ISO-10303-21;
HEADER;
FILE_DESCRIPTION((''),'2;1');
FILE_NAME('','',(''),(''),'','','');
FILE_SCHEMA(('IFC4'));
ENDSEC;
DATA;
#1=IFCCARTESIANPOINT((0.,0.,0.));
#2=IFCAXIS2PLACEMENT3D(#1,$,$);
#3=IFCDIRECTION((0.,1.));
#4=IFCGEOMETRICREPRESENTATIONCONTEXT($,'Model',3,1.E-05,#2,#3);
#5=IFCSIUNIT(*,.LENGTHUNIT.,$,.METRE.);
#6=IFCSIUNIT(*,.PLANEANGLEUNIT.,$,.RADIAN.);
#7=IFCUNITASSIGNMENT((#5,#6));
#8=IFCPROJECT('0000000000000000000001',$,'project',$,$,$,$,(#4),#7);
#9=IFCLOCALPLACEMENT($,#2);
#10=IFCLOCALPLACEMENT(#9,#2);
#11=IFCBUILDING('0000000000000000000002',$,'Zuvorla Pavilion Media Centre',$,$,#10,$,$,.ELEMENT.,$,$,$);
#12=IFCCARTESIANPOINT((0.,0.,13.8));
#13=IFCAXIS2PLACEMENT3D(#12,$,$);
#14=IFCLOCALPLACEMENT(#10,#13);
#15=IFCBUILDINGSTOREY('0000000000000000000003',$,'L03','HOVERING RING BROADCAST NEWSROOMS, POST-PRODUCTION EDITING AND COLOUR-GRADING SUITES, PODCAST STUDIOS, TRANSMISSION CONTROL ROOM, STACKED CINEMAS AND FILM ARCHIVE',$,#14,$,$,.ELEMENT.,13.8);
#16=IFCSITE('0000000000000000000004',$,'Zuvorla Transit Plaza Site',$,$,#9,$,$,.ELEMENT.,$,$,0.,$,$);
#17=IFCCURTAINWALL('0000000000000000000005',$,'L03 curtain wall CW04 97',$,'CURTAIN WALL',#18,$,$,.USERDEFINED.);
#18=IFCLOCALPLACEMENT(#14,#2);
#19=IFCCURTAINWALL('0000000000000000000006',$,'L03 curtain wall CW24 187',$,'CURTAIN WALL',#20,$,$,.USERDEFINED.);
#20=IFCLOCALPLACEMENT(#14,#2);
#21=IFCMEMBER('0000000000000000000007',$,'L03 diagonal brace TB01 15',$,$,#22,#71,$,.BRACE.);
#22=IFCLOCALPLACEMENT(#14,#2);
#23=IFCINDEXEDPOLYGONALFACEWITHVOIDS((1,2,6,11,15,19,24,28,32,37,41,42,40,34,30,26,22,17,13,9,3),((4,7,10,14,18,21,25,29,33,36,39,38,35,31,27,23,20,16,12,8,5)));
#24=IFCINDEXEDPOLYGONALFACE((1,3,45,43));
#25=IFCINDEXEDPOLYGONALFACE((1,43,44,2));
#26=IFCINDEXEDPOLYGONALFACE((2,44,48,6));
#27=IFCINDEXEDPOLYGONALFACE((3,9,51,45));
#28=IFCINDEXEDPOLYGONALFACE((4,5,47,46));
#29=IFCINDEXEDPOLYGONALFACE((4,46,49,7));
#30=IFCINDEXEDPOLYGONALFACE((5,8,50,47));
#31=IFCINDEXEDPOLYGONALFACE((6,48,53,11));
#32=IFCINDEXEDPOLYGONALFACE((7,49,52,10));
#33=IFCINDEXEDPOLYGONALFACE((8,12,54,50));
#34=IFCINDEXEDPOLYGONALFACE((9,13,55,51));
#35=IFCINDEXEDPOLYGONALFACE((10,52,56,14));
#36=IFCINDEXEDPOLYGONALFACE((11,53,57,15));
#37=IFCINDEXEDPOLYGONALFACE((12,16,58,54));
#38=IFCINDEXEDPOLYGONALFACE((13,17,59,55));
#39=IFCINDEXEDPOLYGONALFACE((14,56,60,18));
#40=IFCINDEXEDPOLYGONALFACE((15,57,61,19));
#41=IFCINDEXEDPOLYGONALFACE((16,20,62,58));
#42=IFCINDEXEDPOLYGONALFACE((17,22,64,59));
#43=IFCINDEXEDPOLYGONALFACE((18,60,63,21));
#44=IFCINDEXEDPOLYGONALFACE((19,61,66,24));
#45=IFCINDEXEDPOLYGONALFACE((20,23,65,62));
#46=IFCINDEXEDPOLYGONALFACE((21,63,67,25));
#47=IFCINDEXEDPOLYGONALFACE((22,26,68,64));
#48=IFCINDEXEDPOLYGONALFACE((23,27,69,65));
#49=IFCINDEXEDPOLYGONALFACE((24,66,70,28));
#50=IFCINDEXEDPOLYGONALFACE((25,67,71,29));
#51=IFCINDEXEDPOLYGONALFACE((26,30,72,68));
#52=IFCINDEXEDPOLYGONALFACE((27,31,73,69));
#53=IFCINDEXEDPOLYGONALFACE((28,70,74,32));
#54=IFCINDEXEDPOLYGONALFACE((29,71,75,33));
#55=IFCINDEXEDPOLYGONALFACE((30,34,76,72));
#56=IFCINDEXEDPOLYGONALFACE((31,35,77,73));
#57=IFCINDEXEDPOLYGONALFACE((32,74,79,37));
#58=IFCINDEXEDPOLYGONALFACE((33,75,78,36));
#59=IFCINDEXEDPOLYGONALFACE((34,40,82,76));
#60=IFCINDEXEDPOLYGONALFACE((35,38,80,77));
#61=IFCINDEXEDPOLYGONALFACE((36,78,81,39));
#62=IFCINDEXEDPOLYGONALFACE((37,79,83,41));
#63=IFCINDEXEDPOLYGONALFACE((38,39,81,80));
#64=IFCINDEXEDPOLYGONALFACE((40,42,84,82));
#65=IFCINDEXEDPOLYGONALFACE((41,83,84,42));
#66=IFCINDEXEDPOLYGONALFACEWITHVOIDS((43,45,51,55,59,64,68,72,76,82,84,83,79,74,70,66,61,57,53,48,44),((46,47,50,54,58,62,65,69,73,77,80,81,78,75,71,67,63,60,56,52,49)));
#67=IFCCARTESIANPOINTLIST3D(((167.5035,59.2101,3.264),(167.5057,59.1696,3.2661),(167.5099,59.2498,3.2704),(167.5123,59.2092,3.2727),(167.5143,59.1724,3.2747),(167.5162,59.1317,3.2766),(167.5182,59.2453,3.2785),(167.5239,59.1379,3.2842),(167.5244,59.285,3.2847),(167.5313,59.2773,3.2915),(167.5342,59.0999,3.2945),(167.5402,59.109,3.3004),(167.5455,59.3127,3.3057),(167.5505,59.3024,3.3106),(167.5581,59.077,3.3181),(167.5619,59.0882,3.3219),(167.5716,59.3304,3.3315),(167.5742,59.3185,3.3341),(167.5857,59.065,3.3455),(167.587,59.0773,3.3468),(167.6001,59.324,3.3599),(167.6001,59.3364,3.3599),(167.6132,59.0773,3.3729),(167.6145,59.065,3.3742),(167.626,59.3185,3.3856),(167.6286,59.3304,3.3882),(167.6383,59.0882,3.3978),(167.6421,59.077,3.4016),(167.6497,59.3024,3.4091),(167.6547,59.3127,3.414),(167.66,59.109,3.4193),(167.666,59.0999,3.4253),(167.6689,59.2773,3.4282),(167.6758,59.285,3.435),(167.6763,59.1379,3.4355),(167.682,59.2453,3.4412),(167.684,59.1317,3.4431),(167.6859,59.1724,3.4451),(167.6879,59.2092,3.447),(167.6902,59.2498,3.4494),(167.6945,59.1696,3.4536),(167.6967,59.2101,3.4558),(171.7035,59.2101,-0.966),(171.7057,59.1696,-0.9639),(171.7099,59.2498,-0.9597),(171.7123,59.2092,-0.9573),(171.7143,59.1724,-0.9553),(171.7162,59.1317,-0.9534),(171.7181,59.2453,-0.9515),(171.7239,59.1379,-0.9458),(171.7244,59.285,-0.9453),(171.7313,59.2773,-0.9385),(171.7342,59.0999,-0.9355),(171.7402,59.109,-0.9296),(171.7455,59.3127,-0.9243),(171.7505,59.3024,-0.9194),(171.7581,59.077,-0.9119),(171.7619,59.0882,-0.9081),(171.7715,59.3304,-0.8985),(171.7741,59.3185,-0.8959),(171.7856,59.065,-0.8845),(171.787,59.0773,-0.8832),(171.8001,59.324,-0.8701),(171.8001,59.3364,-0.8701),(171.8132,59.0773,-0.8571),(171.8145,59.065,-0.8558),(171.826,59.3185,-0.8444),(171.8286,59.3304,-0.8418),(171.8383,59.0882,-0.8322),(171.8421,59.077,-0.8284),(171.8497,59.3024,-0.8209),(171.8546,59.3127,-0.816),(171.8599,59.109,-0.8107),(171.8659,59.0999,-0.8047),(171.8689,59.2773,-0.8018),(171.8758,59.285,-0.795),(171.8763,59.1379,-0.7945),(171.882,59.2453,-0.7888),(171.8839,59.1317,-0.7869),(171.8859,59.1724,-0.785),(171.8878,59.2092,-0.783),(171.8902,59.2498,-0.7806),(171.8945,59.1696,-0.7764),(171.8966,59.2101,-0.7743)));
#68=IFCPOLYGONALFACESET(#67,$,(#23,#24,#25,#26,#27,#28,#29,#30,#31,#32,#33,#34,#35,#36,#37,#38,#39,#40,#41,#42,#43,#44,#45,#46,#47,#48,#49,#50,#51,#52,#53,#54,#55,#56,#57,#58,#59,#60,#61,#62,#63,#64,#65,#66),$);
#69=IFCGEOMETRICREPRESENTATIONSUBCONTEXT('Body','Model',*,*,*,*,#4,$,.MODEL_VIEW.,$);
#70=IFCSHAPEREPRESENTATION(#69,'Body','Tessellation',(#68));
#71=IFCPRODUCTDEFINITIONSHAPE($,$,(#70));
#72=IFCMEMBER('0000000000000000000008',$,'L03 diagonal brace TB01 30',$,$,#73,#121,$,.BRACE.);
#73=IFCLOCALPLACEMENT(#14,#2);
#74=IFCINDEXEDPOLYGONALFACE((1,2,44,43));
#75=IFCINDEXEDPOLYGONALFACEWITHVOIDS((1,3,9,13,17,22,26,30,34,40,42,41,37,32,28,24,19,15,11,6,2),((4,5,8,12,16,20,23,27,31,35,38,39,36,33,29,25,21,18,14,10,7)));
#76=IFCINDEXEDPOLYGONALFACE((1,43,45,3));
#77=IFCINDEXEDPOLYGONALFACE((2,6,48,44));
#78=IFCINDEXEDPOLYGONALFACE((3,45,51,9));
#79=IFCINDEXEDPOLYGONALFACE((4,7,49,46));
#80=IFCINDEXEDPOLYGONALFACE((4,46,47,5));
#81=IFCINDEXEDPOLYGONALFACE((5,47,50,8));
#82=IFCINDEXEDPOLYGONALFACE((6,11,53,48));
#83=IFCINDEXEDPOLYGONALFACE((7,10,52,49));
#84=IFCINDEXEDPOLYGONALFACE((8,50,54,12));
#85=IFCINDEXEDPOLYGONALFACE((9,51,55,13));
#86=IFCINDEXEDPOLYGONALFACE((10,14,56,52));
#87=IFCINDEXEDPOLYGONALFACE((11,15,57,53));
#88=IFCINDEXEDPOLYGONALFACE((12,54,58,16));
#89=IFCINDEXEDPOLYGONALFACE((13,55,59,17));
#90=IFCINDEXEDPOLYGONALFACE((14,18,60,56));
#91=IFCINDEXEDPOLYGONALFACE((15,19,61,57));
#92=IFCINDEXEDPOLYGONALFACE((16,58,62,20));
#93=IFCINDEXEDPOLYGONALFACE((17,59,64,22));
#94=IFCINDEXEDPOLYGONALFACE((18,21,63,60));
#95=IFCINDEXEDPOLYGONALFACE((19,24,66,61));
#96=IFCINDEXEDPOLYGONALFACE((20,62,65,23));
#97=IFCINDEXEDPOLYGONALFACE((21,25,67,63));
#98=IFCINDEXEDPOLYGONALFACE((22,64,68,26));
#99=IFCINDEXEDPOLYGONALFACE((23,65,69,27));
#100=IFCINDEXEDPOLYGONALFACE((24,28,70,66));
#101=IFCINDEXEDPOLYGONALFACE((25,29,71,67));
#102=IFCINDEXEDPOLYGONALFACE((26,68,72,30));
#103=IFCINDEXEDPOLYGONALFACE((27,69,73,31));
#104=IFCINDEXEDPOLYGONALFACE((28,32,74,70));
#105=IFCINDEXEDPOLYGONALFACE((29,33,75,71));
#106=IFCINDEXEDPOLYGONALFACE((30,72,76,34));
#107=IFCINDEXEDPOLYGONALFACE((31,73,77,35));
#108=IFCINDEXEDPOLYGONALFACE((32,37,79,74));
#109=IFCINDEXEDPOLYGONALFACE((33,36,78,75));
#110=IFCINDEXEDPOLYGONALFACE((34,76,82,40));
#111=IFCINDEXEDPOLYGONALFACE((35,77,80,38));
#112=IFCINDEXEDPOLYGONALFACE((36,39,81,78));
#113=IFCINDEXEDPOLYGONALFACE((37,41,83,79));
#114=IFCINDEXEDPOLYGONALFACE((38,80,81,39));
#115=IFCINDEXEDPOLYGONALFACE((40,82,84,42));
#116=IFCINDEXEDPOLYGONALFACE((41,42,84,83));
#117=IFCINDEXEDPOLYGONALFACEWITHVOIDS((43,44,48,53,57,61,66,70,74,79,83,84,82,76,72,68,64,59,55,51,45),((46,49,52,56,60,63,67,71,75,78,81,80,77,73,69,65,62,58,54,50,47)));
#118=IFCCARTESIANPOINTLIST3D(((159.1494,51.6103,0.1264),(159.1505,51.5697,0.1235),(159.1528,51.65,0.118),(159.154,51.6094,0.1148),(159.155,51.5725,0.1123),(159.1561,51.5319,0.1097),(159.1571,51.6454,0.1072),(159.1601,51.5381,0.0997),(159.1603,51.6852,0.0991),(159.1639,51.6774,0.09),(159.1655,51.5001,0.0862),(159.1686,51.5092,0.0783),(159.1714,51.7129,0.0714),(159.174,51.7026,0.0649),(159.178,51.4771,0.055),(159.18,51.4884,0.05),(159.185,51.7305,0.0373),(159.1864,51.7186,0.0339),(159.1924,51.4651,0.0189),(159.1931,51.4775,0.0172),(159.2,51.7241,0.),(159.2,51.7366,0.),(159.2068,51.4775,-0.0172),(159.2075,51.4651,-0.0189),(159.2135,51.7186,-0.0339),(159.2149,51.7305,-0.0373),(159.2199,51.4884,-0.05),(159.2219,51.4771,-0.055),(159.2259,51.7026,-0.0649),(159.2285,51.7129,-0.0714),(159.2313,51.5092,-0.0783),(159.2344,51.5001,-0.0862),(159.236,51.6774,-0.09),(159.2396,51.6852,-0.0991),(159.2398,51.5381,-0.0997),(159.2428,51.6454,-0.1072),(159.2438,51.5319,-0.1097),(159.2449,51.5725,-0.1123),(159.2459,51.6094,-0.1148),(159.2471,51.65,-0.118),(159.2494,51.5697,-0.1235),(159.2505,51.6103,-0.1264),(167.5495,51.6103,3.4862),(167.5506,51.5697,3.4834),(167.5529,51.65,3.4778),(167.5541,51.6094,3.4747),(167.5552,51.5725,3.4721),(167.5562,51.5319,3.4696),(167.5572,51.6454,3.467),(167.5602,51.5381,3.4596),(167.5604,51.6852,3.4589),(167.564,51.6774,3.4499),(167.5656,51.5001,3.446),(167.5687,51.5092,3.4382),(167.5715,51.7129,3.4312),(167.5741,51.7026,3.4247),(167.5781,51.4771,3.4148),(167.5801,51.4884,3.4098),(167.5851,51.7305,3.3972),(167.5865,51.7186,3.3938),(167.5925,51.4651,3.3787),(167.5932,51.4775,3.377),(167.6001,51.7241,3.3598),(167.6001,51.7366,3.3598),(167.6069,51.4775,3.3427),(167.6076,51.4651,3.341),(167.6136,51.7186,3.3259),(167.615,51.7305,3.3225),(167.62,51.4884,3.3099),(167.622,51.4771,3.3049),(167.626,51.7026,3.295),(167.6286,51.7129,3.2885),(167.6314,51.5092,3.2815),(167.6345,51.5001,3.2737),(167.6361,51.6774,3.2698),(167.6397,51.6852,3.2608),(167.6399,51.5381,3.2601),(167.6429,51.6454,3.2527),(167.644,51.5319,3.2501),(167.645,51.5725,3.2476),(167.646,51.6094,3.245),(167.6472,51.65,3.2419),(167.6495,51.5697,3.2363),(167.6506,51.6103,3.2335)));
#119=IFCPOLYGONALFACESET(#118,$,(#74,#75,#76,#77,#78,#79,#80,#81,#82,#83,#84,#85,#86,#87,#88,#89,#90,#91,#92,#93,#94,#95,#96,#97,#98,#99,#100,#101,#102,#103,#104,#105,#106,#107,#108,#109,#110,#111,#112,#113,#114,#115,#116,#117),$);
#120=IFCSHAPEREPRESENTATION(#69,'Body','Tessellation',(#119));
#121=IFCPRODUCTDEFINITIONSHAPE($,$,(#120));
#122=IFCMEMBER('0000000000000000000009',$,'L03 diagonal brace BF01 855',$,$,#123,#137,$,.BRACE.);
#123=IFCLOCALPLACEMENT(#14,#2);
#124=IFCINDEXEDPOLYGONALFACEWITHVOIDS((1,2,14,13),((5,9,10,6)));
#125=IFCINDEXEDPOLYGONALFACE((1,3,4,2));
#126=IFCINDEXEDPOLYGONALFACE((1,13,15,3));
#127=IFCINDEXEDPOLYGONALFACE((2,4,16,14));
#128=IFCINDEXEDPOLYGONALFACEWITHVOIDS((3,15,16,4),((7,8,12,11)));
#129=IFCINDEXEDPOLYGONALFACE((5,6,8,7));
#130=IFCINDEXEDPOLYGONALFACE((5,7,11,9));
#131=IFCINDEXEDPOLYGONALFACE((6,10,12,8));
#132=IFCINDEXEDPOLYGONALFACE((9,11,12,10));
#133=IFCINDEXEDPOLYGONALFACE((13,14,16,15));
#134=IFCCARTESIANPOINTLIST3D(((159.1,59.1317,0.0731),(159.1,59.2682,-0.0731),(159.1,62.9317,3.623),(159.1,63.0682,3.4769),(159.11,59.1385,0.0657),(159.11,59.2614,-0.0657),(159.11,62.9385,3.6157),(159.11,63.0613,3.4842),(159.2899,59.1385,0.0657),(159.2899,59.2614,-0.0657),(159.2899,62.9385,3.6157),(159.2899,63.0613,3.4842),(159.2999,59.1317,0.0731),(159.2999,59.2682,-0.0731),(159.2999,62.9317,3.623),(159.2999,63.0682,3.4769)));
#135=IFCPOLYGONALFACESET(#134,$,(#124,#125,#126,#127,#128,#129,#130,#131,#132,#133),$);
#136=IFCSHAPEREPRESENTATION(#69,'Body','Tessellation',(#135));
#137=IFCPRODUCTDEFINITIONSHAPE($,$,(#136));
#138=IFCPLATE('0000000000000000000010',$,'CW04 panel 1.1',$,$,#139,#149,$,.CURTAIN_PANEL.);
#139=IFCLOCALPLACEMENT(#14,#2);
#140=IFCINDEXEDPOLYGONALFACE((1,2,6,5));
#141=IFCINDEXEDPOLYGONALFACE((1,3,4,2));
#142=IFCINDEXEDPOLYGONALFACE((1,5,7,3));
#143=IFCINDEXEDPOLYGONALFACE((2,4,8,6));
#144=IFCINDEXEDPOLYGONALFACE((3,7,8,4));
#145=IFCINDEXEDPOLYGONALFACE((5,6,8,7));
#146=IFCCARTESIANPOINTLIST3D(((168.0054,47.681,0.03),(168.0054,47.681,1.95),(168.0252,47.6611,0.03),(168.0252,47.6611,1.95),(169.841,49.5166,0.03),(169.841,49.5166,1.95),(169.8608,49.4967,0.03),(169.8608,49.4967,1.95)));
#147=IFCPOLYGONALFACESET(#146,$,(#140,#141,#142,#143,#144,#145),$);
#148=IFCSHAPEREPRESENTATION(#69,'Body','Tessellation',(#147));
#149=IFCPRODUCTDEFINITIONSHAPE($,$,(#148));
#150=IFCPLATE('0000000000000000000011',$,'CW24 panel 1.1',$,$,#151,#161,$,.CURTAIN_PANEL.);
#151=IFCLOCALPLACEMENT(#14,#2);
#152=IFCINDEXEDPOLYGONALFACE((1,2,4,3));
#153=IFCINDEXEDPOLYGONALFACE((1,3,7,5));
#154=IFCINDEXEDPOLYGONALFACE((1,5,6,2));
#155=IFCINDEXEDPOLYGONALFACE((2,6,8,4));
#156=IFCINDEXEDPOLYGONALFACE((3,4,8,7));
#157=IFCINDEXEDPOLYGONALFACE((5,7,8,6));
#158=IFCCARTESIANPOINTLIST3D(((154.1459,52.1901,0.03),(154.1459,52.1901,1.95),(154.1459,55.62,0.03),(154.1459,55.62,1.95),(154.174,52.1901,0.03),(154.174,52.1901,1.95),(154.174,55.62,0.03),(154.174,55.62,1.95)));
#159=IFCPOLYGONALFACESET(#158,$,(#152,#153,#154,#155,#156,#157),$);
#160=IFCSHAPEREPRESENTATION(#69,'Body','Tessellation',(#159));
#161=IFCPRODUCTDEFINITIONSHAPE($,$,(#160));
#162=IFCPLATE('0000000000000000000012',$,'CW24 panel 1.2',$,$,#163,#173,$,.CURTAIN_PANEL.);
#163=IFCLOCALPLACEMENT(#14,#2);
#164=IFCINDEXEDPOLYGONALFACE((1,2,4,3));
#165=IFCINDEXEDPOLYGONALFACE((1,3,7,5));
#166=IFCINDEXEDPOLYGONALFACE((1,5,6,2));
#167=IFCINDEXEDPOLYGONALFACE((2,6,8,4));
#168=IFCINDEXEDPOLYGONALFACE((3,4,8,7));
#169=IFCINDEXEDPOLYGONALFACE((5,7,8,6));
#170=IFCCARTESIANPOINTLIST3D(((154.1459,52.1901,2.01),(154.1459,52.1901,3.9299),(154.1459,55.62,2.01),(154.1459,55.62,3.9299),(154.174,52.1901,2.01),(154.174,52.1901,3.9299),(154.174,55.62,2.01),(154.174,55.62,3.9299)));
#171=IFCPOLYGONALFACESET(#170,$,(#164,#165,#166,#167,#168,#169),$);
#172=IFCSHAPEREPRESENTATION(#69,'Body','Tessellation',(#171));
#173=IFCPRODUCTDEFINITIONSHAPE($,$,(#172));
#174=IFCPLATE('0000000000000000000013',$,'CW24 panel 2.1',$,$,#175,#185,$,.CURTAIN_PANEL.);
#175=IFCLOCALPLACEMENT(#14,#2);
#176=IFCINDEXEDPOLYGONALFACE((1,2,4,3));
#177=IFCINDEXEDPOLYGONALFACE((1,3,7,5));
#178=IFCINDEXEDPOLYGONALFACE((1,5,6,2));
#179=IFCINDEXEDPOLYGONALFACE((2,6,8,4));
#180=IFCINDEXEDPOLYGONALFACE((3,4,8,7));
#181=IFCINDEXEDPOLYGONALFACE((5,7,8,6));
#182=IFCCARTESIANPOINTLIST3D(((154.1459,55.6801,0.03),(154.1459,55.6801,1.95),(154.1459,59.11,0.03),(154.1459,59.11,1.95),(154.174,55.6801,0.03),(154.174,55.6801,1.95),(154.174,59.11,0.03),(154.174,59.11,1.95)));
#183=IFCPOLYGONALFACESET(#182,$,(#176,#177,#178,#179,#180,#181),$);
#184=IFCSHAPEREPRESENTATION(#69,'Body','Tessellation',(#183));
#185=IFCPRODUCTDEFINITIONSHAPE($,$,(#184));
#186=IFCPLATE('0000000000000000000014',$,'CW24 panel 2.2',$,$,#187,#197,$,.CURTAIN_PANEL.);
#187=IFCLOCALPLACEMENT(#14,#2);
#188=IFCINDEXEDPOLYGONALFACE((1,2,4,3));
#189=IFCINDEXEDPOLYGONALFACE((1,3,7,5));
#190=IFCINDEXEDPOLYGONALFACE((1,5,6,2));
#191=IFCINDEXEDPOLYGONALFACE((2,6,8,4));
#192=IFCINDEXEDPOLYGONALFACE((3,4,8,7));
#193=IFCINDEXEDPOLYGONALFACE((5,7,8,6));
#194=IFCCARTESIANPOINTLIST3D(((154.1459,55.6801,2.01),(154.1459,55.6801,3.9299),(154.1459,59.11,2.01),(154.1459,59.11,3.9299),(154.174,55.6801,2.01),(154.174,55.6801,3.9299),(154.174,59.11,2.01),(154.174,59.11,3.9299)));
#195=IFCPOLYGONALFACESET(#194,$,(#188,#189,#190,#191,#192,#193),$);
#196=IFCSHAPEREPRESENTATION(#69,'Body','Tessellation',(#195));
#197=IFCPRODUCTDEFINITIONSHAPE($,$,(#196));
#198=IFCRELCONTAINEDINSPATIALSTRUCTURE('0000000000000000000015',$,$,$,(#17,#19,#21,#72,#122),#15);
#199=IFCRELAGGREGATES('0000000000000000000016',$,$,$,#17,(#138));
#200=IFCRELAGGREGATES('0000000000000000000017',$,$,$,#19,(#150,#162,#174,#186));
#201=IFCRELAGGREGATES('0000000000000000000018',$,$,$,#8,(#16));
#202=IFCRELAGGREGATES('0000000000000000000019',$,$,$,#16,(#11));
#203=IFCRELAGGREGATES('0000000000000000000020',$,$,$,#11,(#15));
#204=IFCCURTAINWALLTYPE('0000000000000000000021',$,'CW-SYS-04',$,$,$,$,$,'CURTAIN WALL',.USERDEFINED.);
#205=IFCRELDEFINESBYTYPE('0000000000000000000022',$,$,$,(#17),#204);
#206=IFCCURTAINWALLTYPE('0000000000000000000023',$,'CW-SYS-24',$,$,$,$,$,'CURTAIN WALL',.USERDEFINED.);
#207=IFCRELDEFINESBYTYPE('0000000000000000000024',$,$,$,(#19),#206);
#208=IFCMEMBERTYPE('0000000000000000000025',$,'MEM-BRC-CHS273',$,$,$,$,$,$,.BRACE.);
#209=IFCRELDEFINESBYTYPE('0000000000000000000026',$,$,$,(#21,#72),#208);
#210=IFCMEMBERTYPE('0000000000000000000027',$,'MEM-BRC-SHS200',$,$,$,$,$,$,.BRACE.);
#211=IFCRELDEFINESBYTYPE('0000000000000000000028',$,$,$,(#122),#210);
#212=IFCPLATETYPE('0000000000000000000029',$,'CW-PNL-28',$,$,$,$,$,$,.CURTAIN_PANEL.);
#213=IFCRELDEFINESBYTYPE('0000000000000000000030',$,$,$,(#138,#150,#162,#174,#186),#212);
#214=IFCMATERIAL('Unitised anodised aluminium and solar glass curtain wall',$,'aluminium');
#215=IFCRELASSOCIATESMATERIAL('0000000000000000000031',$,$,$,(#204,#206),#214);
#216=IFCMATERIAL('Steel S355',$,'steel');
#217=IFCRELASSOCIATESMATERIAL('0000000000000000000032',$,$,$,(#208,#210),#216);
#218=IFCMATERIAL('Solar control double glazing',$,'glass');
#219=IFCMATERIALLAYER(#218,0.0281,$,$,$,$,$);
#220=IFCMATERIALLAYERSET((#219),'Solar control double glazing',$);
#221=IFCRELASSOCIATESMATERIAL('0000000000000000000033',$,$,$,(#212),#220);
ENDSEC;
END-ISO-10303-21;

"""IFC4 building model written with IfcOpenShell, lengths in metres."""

from ifc_helpers import new_model, si_unit, direction, frame, origin, origin_2d, place, context, subcontext, project, spatial, rectangle, hollow_rectangle, hollow_circle, extrude, material, layer, layer_set, material_profile, profile_set, type_object, element, aggregate, save


model = new_model("IFC4")

# Units and contexts
model_context = context("Model", 3, precision=1e-05, world=origin(), true_north=direction((0.0, 1.0)))
body_context = subcontext(model_context, "Body", "Model", "MODEL_VIEW")
ifc_project = project(units=[si_unit("LENGTHUNIT", "METRE"), si_unit("PLANEANGLEUNIT", "RADIAN")], contexts=[model_context])

# Site, building, storey
site_placement = place(None, origin())
site = spatial("IfcSite", under=ifc_project, at=site_placement, Name="Zuvorla Transit Plaza Site", CompositionType="ELEMENT", RefElevation=0.0)
building_placement = place(site_placement, origin())
building = spatial("IfcBuilding", under=site, at=building_placement, Name="Zuvorla Pavilion Media Centre", CompositionType="ELEMENT")
storey_placement = place(building_placement, frame((0.0, 0.0, 13.8)))
storey = spatial("IfcBuildingStorey", under=building, at=storey_placement, Name="L03", Description="HOVERING RING BROADCAST NEWSROOMS, POST-PRODUCTION EDITING AND COLOUR-GRADING SUITES, PODCAST STUDIOS, TRANSMISSION CONTROL ROOM, STACKED CINEMAS AND FILM ARCHIVE", CompositionType="ELEMENT", Elevation=13.8)

# Shared definitions
ifc_material_1 = material(Name="Steel S355", Category="steel")

# Curtain wall
ifc_material_2 = material(Name="Unitised anodised aluminium and solar glass curtain wall", Category="aluminium")
curtain_wall_type_1 = type_object("IfcCurtainWallType", Name="CW-SYS-04", ElementType="CURTAIN WALL", PredefinedType="USERDEFINED", material=ifc_material_2)
curtain_wall_1_placement = place(storey_placement, origin())
curtain_wall_1 = element("IfcCurtainWall", 1, at=curtain_wall_1_placement, inside=storey, type_object=curtain_wall_type_1, Name="L03 curtain wall CW04 97", ObjectType="CURTAIN WALL", PredefinedType="USERDEFINED")

# Curtain wall
curtain_wall_type_2 = type_object("IfcCurtainWallType", Name="CW-SYS-24", ElementType="CURTAIN WALL", PredefinedType="USERDEFINED", material=ifc_material_2)
curtain_wall_2_placement = place(storey_placement, origin())
curtain_wall_2 = element("IfcCurtainWall", 2, at=curtain_wall_2_placement, inside=storey, type_object=curtain_wall_type_2, Name="L03 curtain wall CW24 187", ObjectType="CURTAIN WALL", PredefinedType="USERDEFINED")

# Members
ifc_material_profile_1 = material_profile(ifc_material_1, hollow_circle(Radius=0.1365, WallThickness=0.0125, at=origin_2d()), Name="CHS 273x12.5")
ifc_profile_set_1 = profile_set([ifc_material_profile_1], Name="Steel S355")
member_type_1 = type_object("IfcMemberType", Name="MEM-BRC-CHS273", PredefinedType="BRACE", material=ifc_profile_set_1)
member_1_placement = place(storey_placement, frame((167.6001, 59.2, 3.3599), z_axis=(0.704583, 0.0, -0.709621), x_axis=(0.0, 1.0, 0.0)))
element("IfcMember", 3, at=member_1_placement, inside=storey, type_object=member_type_1, Name="L03 diagonal brace TB01 15", PredefinedType="BRACE", context=body_context, shape_type="SweptSolid", body=[
    extrude(hollow_circle(Radius=0.1365, WallThickness=0.0125, at=origin_2d()), origin(), (0.0, 0.0, 1.0), 5.9609),
])
member_2_placement = place(storey_placement, frame((159.2, 51.6001, 0.0), z_axis=(0.928484, 0.0, 0.371372), x_axis=(0.0, 1.0, 0.0)))
element("IfcMember", 4, at=member_2_placement, inside=storey, type_object=member_type_1, Name="L03 diagonal brace TB01 30", PredefinedType="BRACE", context=body_context, shape_type="SweptSolid", body=[
    extrude(hollow_circle(Radius=0.1365, WallThickness=0.0125, at=origin_2d()), origin(), (0.0, 0.0, 1.0), 9.0471),
])
ifc_material_profile_2 = material_profile(ifc_material_1, hollow_rectangle(XDim=0.2, YDim=0.2, WallThickness=0.01, at=origin_2d()), Name="SHS 200x200x10")
ifc_profile_set_2 = profile_set([ifc_material_profile_2], Name="Steel S355")
member_type_2 = type_object("IfcMemberType", Name="MEM-BRC-SHS200", PredefinedType="BRACE", material=ifc_profile_set_2)
member_3_placement = place(storey_placement, frame((159.2, 59.2, 0.0), z_axis=(0.0, 0.730735, 0.682661), x_axis=(-1.0, 0.0, 0.0)))
element("IfcMember", 5, at=member_3_placement, inside=storey, type_object=member_type_2, Name="L03 diagonal brace BF01 855", PredefinedType="BRACE", context=body_context, shape_type="SweptSolid", body=[
    extrude(hollow_rectangle(XDim=0.2, YDim=0.2, WallThickness=0.01, at=origin_2d()), origin(), (0.0, 0.0, 1.0), 5.2002),
])

# Plates
ifc_material_3 = material(Name="Solar control double glazing", Category="glass")
ifc_layer_1 = layer(ifc_material_3, 0.0281)
ifc_layer_set_1 = layer_set([ifc_layer_1], Name="Solar control double glazing")
plate_type_1 = type_object("IfcPlateType", Name="CW-PNL-28", PredefinedType="CURTAIN_PANEL", material=ifc_layer_set_1)
plate_1_placement = place(storey_placement, frame((168.9331, 48.5889, 0.03), z_axis=(0.0, 0.0, 1.0), x_axis=(0.707107, 0.707107, 0.0)))
plate_1 = element("IfcPlate", 6, at=plate_1_placement, type_object=plate_type_1, Name="CW04 panel 1.1", PredefinedType="CURTAIN_PANEL", context=body_context, shape_type="SweptSolid", body=[
    extrude(rectangle(XDim=2.5959, YDim=0.0281, at=origin_2d()), origin(), (0.0, 0.0, 1.0), 1.9199),
])
aggregate(curtain_wall_1, [plate_1])
plate_2_placement = place(storey_placement, frame((154.1599, 53.905, 0.03), z_axis=(0.0, 0.0, 1.0), x_axis=(0.0, 1.0, 0.0)))
plate_2 = element("IfcPlate", 7, at=plate_2_placement, type_object=plate_type_1, Name="CW24 panel 1.1", PredefinedType="CURTAIN_PANEL", context=body_context, shape_type="SweptSolid", body=[
    extrude(rectangle(XDim=3.4299, YDim=0.0281, at=origin_2d()), origin(), (0.0, 0.0, 1.0), 1.9199),
])
plate_3_placement = place(storey_placement, frame((154.1599, 53.905, 2.01), z_axis=(0.0, 0.0, 1.0), x_axis=(0.0, 1.0, 0.0)))
plate_3 = element("IfcPlate", 8, at=plate_3_placement, type_object=plate_type_1, Name="CW24 panel 1.2", PredefinedType="CURTAIN_PANEL", context=body_context, shape_type="SweptSolid", body=[
    extrude(rectangle(XDim=3.4299, YDim=0.0281, at=origin_2d()), origin(), (0.0, 0.0, 1.0), 1.9199),
])
plate_4_placement = place(storey_placement, frame((154.1599, 57.395, 0.03), z_axis=(0.0, 0.0, 1.0), x_axis=(0.0, 1.0, 0.0)))
plate_4 = element("IfcPlate", 9, at=plate_4_placement, type_object=plate_type_1, Name="CW24 panel 2.1", PredefinedType="CURTAIN_PANEL", context=body_context, shape_type="SweptSolid", body=[
    extrude(rectangle(XDim=3.4299, YDim=0.0281, at=origin_2d()), origin(), (0.0, 0.0, 1.0), 1.9199),
])
plate_5_placement = place(storey_placement, frame((154.1599, 57.395, 2.01), z_axis=(0.0, 0.0, 1.0), x_axis=(0.0, 1.0, 0.0)))
plate_5 = element("IfcPlate", 10, at=plate_5_placement, type_object=plate_type_1, Name="CW24 panel 2.2", PredefinedType="CURTAIN_PANEL", context=body_context, shape_type="SweptSolid", body=[
    extrude(rectangle(XDim=3.4299, YDim=0.0281, at=origin_2d()), origin(), (0.0, 0.0, 1.0), 1.9199),
])
aggregate(curtain_wall_2, [plate_2, plate_3, plate_4, plate_5])

save(model, "model.ifc")
